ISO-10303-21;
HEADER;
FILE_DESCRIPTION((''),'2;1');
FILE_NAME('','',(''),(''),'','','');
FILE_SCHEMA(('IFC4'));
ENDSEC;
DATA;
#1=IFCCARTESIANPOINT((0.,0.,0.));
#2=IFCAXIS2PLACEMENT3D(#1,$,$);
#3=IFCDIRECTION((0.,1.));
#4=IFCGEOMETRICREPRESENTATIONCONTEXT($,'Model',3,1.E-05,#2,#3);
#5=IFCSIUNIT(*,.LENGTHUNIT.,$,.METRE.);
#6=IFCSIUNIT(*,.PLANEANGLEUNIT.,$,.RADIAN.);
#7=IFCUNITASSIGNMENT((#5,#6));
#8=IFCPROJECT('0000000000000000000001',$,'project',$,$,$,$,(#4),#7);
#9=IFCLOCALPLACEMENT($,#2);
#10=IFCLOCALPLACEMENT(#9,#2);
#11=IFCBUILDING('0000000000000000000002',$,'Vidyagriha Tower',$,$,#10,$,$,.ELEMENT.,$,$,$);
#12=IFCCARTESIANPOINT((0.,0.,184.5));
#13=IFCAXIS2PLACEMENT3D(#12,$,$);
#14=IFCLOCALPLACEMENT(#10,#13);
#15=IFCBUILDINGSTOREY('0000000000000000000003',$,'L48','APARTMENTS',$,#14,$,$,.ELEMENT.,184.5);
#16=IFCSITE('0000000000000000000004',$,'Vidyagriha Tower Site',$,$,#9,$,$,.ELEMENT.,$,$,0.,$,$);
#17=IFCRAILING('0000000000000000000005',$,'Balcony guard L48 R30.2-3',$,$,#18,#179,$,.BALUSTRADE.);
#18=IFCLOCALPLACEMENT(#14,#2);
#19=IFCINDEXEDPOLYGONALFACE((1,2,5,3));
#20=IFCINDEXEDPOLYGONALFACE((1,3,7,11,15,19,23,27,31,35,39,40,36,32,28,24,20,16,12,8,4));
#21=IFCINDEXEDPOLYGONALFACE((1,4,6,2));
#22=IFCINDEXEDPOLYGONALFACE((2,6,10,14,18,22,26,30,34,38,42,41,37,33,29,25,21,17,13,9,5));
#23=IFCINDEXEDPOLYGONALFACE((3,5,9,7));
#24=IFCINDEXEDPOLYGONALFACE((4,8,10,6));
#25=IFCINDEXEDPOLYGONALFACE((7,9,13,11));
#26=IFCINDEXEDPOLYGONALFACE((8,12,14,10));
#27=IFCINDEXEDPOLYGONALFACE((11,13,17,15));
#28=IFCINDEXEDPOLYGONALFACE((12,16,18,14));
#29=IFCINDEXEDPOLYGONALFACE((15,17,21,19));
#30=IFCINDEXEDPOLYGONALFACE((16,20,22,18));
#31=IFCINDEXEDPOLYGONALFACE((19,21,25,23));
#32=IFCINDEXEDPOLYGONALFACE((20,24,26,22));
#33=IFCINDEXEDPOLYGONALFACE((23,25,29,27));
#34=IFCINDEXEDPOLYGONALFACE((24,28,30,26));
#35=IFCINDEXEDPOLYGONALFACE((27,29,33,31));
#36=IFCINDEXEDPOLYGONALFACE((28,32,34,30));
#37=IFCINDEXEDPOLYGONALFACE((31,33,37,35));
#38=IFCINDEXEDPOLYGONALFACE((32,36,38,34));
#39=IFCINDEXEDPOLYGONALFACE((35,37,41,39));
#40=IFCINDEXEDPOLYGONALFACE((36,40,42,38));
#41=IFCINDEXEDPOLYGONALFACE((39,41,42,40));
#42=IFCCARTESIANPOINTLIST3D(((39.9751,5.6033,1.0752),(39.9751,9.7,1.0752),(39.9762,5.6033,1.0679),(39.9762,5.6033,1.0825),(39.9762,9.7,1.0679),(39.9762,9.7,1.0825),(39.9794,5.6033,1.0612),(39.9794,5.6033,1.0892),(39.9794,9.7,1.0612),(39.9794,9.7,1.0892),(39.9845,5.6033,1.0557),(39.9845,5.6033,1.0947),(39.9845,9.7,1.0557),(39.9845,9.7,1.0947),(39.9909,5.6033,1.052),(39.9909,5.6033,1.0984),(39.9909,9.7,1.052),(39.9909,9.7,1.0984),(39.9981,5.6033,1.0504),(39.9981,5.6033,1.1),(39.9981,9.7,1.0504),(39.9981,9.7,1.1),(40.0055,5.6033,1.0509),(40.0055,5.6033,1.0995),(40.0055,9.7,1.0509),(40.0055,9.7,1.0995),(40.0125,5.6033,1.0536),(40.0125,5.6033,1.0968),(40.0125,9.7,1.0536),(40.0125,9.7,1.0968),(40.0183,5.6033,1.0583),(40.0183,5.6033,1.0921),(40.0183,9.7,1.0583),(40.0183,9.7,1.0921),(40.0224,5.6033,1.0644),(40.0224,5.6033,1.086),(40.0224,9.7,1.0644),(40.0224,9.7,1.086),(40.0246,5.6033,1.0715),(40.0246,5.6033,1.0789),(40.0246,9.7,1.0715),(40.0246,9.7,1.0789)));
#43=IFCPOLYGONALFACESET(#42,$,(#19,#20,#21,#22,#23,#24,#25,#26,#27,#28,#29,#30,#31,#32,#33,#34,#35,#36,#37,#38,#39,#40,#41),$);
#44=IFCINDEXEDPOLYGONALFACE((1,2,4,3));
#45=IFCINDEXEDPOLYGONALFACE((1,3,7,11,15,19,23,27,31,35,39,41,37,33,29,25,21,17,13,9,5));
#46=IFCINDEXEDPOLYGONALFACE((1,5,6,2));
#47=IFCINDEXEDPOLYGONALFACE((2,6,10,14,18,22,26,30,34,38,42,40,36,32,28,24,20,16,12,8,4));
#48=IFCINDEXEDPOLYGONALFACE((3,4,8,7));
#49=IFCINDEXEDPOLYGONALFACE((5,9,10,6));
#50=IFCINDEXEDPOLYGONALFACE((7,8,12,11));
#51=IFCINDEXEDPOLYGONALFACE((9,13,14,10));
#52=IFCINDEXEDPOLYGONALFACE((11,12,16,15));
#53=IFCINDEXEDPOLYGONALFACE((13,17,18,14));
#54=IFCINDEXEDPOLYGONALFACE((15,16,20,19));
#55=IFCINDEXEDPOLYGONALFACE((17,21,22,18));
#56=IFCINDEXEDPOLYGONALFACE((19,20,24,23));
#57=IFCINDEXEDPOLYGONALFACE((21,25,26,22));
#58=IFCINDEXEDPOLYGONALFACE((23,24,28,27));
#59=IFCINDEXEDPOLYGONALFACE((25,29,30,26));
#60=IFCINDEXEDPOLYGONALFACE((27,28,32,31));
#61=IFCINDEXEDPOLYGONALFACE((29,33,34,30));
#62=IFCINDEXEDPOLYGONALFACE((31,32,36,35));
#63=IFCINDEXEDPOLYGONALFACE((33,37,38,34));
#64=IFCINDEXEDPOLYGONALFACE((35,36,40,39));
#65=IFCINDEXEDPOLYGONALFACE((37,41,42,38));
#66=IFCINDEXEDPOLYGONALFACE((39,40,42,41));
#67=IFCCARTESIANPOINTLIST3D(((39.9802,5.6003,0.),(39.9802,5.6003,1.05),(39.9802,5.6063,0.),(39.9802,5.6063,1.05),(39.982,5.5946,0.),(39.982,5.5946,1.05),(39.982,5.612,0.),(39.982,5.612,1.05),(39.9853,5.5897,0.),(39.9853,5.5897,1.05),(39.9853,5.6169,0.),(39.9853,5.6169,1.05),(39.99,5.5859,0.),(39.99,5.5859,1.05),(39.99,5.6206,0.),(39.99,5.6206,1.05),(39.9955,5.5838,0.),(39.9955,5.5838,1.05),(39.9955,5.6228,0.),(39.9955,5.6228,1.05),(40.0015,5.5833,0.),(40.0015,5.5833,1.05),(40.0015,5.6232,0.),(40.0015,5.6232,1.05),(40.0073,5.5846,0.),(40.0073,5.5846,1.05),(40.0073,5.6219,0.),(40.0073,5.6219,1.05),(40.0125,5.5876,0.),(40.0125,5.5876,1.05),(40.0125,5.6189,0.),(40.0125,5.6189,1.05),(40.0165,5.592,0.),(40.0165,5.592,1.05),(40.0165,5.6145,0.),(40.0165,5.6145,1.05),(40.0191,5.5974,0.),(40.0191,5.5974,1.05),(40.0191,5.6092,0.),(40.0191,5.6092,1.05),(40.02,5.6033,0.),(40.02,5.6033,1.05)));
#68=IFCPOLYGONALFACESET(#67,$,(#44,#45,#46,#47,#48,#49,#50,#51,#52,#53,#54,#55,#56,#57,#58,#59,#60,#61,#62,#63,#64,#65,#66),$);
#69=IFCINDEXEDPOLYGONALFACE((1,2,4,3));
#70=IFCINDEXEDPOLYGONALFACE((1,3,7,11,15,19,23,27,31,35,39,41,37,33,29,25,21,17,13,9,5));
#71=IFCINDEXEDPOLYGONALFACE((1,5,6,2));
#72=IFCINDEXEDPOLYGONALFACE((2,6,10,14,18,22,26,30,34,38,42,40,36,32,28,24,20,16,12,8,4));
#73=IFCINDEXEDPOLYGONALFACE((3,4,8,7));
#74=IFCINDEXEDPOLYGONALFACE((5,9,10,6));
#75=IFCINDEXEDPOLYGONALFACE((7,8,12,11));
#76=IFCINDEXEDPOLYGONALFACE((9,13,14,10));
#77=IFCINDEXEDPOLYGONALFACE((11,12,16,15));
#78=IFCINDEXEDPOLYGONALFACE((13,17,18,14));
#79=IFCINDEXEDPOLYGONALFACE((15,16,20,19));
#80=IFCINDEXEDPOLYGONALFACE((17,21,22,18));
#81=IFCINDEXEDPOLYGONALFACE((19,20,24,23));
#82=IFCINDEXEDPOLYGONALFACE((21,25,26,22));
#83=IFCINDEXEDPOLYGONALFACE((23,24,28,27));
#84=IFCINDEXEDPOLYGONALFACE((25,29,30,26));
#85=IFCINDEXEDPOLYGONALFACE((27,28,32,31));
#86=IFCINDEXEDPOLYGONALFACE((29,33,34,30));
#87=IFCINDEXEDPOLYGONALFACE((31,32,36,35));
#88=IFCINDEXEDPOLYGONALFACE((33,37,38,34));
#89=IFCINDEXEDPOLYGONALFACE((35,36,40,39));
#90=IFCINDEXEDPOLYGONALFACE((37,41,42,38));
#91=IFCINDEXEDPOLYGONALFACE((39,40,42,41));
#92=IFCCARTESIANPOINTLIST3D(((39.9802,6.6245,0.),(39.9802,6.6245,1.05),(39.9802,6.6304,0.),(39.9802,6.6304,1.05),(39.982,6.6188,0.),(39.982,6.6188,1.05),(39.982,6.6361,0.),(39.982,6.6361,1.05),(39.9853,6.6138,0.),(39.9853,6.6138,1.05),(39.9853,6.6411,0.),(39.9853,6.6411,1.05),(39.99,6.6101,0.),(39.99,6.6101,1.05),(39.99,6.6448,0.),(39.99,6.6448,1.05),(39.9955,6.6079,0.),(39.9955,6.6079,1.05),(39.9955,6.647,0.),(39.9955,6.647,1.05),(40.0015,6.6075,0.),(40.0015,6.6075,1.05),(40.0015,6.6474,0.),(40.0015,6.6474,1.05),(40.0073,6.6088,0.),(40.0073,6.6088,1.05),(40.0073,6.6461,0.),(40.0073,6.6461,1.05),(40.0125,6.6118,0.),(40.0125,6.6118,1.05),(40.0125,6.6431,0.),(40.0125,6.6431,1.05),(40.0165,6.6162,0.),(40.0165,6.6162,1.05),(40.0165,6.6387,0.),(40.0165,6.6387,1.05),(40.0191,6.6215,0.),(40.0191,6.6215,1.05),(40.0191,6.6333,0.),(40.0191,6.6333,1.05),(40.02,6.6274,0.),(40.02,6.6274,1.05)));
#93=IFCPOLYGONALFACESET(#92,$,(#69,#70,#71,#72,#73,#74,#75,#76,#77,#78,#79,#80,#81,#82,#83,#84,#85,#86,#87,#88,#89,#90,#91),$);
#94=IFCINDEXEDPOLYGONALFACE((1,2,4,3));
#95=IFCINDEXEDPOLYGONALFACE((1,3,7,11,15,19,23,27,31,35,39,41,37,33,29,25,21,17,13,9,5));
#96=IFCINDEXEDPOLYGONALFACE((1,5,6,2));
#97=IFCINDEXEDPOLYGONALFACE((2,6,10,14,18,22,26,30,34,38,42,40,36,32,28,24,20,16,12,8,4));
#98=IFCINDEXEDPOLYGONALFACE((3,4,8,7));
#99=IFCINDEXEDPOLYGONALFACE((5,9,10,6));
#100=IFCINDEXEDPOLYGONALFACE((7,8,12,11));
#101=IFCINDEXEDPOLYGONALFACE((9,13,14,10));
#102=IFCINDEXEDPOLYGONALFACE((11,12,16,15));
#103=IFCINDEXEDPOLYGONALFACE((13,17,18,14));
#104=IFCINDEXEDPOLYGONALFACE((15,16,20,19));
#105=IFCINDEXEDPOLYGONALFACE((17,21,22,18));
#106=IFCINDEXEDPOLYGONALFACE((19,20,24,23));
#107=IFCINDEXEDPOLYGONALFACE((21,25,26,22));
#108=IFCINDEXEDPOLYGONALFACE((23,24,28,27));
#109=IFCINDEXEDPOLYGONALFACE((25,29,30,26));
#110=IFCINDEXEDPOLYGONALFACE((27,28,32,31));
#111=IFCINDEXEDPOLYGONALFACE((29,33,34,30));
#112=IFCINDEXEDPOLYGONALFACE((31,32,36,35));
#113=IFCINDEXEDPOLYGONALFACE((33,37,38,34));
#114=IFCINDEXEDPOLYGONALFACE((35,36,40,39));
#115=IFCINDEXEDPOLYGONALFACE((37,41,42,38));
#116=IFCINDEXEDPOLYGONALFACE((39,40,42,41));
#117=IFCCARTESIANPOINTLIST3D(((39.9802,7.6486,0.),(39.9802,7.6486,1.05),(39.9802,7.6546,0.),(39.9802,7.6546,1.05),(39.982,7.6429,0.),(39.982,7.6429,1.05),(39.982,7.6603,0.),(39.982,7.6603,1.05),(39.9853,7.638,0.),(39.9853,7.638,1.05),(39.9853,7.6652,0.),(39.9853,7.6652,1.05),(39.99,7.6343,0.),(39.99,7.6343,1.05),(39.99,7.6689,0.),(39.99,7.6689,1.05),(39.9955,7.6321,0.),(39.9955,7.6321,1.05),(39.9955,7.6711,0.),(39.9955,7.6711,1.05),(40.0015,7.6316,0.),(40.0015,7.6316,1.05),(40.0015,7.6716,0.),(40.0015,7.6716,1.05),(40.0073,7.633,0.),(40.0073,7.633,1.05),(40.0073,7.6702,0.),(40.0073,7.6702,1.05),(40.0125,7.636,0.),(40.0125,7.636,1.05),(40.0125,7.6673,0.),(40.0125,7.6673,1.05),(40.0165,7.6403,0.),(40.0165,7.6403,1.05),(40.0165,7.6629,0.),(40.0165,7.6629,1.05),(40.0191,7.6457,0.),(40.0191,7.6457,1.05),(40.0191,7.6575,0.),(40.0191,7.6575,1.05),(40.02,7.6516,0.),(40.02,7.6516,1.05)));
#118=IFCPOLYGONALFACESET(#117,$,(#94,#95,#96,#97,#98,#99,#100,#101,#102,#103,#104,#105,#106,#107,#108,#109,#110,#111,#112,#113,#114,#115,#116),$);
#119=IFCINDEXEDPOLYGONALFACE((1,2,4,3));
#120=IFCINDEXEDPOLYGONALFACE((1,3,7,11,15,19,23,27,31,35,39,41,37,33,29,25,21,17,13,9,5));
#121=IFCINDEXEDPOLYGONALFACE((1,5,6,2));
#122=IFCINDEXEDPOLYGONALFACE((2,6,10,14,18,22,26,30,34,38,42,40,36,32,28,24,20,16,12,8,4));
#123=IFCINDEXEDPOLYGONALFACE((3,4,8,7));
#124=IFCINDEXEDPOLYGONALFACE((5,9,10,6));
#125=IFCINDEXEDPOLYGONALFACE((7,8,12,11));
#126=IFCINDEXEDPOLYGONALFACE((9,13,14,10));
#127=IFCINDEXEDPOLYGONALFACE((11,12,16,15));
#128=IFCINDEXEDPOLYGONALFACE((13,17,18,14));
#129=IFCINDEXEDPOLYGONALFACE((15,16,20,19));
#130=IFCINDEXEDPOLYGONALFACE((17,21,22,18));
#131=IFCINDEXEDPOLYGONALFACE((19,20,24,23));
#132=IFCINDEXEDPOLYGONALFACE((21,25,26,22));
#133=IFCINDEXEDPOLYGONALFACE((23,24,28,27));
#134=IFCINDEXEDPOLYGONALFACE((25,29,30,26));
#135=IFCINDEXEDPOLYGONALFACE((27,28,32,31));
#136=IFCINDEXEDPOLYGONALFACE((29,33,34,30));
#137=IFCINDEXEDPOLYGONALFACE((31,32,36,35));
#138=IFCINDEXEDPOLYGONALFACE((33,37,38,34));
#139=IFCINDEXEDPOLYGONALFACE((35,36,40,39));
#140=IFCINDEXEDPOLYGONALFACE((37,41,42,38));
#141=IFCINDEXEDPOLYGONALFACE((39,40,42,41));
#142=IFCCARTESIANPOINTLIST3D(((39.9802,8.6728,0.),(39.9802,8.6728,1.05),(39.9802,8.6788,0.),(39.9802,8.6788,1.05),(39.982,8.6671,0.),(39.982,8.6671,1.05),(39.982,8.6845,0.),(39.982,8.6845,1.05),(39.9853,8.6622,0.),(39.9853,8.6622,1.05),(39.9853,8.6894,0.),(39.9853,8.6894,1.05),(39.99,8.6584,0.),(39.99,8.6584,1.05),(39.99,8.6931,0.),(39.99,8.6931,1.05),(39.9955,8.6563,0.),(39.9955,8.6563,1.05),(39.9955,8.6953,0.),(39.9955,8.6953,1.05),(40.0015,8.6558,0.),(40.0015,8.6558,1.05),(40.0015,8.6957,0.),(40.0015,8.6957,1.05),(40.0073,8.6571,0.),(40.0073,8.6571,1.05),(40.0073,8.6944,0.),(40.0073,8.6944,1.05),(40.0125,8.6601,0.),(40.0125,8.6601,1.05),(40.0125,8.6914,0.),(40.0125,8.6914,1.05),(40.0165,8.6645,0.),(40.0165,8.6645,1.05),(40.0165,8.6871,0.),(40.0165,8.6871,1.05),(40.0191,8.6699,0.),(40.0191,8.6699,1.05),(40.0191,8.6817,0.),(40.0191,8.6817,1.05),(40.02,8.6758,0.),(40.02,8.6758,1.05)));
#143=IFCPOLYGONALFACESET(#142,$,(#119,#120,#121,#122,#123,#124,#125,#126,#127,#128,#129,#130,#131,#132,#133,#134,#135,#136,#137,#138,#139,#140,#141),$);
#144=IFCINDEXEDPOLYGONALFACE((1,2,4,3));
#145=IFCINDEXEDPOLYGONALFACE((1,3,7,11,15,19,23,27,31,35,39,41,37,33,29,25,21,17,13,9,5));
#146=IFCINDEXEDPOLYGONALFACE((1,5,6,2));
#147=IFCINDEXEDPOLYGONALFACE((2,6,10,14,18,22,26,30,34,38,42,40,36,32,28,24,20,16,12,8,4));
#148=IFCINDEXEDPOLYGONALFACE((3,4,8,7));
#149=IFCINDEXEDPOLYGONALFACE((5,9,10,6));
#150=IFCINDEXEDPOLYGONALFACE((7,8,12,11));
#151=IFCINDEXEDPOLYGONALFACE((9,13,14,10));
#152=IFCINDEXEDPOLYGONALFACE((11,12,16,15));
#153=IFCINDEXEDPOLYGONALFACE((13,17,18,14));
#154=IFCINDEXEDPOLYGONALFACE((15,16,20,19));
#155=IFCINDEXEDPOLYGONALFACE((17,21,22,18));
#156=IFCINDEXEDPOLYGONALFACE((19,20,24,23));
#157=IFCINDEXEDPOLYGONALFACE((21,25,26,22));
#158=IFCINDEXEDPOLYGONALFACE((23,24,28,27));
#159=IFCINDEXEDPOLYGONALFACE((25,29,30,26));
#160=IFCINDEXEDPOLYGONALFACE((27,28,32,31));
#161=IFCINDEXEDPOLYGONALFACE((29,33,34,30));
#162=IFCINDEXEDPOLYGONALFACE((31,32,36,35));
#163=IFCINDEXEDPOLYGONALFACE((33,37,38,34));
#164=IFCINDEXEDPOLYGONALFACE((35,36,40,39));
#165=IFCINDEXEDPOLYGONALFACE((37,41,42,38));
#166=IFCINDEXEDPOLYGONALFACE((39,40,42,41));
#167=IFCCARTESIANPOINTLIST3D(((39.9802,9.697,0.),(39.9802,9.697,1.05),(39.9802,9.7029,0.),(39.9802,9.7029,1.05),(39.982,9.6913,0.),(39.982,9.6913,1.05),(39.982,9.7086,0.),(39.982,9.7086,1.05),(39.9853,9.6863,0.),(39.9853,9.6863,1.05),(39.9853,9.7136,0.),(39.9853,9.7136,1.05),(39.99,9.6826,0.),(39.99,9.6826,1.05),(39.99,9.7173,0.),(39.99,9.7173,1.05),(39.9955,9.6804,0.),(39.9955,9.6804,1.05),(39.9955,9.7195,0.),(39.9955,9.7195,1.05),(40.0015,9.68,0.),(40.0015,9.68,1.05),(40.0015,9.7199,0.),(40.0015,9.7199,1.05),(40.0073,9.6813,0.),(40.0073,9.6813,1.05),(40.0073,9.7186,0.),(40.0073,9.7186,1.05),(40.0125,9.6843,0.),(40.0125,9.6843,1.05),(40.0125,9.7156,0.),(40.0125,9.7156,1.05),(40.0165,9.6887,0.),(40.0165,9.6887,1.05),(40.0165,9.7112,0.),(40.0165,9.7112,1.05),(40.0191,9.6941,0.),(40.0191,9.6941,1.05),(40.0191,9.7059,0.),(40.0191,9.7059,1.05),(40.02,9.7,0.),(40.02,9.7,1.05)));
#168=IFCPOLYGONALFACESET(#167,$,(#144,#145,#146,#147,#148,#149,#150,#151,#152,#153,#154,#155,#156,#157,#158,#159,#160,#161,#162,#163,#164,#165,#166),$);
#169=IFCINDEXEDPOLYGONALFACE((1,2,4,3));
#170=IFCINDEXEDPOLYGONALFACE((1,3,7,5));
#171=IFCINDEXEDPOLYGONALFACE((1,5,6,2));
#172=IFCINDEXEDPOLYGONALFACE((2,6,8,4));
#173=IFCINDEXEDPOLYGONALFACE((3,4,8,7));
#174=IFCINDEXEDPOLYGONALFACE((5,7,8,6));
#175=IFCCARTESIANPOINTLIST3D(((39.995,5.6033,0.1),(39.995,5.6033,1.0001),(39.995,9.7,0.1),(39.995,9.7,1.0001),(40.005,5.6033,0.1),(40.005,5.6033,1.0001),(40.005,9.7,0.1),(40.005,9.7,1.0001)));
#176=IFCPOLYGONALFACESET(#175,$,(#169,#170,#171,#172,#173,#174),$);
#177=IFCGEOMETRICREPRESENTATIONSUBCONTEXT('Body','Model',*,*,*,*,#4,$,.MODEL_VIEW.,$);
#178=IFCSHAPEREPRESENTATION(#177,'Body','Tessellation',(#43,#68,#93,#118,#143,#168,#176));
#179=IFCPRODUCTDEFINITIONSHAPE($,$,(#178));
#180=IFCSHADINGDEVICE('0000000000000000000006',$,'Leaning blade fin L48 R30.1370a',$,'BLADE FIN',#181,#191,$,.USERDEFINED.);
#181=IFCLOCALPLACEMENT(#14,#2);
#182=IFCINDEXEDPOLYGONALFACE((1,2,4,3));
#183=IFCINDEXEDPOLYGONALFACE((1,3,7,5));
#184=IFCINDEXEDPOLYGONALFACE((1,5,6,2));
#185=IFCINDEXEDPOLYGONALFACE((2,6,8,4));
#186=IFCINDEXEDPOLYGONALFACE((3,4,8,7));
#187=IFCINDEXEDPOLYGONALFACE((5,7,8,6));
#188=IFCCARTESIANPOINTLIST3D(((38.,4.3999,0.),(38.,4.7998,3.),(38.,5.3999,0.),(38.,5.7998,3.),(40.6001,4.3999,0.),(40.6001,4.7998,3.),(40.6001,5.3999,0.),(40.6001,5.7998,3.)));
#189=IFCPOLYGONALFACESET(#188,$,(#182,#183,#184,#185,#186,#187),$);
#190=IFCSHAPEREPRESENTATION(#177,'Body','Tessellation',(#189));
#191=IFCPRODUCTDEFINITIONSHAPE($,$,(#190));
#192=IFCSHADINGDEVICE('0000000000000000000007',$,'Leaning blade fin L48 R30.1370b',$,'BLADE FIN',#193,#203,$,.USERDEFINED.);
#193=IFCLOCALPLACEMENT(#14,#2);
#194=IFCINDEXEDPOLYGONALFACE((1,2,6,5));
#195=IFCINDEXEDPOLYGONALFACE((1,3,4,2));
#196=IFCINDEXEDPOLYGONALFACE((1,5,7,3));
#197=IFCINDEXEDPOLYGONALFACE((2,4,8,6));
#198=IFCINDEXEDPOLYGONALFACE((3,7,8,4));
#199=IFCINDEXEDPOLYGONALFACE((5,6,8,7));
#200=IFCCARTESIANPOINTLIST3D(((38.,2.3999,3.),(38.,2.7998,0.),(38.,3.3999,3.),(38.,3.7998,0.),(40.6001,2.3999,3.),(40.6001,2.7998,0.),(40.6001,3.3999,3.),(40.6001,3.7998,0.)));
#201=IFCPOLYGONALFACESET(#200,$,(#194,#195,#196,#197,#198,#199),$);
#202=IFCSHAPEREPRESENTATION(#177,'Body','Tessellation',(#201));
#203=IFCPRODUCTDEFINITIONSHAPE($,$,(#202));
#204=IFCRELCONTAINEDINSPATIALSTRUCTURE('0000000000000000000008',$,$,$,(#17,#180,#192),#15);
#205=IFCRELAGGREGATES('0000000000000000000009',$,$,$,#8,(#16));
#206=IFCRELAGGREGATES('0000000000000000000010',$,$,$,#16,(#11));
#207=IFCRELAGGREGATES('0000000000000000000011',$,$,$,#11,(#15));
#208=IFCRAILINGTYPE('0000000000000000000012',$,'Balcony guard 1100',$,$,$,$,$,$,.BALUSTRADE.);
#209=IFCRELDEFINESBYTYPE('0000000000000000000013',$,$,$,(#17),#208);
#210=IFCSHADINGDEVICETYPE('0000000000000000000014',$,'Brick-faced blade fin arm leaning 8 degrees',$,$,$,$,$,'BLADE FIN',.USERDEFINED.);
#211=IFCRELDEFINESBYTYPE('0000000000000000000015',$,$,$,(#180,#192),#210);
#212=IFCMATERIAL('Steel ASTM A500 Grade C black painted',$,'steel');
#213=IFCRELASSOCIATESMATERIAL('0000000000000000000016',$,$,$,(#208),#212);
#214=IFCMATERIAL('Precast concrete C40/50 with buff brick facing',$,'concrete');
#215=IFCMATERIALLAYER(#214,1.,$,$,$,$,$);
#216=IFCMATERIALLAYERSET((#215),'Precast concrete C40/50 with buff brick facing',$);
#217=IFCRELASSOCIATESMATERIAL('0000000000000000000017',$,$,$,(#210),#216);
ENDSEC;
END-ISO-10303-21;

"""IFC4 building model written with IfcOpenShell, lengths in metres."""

from ifc_helpers import new_model, si_unit, direction, frame, origin, origin_2d, place, context, subcontext, project, spatial, polyline, rectangle, circle, outline, extrude, material, layer, layer_set, type_object, element, save


model = new_model("IFC4")

# Units and contexts
model_context = context("Model", 3, precision=1e-05, world=origin(), true_north=direction((0.0, 1.0)))
body_context = subcontext(model_context, "Body", "Model", "MODEL_VIEW")
ifc_project = project(units=[si_unit("LENGTHUNIT", "METRE"), si_unit("PLANEANGLEUNIT", "RADIAN")], contexts=[model_context])

# Site, building, storey
site_placement = place(None, origin())
site = spatial("IfcSite", under=ifc_project, at=site_placement, Name="Vidyagriha Tower Site", CompositionType="ELEMENT", RefElevation=0.0)
building_placement = place(site_placement, origin())
building = spatial("IfcBuilding", under=site, at=building_placement, Name="Vidyagriha Tower", CompositionType="ELEMENT")
storey_placement = place(building_placement, frame((0.0, 0.0, 184.5)))
storey = spatial("IfcBuildingStorey", under=building, at=storey_placement, Name="L48", Description="APARTMENTS", CompositionType="ELEMENT", Elevation=184.5)

# Railing
ifc_material_1 = material(Name="Steel ASTM A500 Grade C black painted", Category="steel")
railing_type_1 = type_object("IfcRailingType", Name="Balcony guard 1100", PredefinedType="BALUSTRADE", material=ifc_material_1)
railing_1_placement = place(storey_placement, frame((40.0, 5.6033, 0.0)))
element("IfcRailing", 1, at=railing_1_placement, inside=storey, type_object=railing_type_1, Name="Balcony guard L48 R30.2-3", PredefinedType="BALUSTRADE", context=body_context, shape_type="SweptSolid", body=[
    extrude(circle(Radius=0.0249, at=origin_2d()), frame((0.0, 0.0, 1.0752), z_axis=(0.0, 1.0, 0.0), x_axis=(-1.0, 0.0, 0.0)), (0.0, 0.0, 1.0), 4.0967),
    extrude(circle(Radius=0.02, at=origin_2d()), origin(), (0.0, 0.0, 1.0), 1.05),
    extrude(circle(Radius=0.02, at=origin_2d()), frame((0.0, 1.0242, 0.0)), (0.0, 0.0, 1.0), 1.05),
    extrude(circle(Radius=0.02, at=origin_2d()), frame((0.0, 2.0483, 0.0)), (0.0, 0.0, 1.0), 1.05),
    extrude(circle(Radius=0.02, at=origin_2d()), frame((0.0, 3.0725, 0.0)), (0.0, 0.0, 1.0), 1.05),
    extrude(circle(Radius=0.02, at=origin_2d()), frame((0.0, 4.0967, 0.0)), (0.0, 0.0, 1.0), 1.05),
    extrude(rectangle(XDim=0.01, YDim=0.9001, at=origin_2d()), frame((0.0, 0.0, 0.55), z_axis=(0.0, 1.0, 0.0), x_axis=(-1.0, 0.0, 0.0)), (0.0, 0.0, 1.0), 4.0967),
])

# Shading devices
ifc_material_2 = material(Name="Precast concrete C40/50 with buff brick facing", Category="concrete")
ifc_layer_1 = layer(ifc_material_2, 1.0)
ifc_layer_set_1 = layer_set([ifc_layer_1], Name="Precast concrete C40/50 with buff brick facing")
shading_device_type_1 = type_object("IfcShadingDeviceType", Name="Brick-faced blade fin arm leaning 8 degrees", ElementType="BLADE FIN", PredefinedType="USERDEFINED", material=ifc_layer_set_1)
shading_device_1_placement = place(storey_placement, frame((39.3, 4.3999, 0.0), z_axis=(0.0, 0.0, 1.0), x_axis=(0.0, 1.0, 0.0)))
element("IfcShadingDevice", 2, at=shading_device_1_placement, inside=storey, type_object=shading_device_type_1, Name="Leaning blade fin L48 R30.1370a", ObjectType="BLADE FIN", PredefinedType="USERDEFINED", context=body_context, shape_type="SweptSolid", body=[
    extrude(outline(polyline([(0.0, 0.0), (1.0, 0.0), (1.3999, 3.0), (0.3999, 3.0), (0.0, 0.0)])), frame((0.0, 1.3, 0.0), z_axis=(0.0, -1.0, 0.0), x_axis=(1.0, 0.0, 0.0)), (0.0, 0.0, 1.0), 2.6001),
])
shading_device_2_placement = place(storey_placement, frame((39.3, 2.3999, 0.0), z_axis=(0.0, 0.0, 1.0), x_axis=(0.0, 1.0, 0.0)))
element("IfcShadingDevice", 3, at=shading_device_2_placement, inside=storey, type_object=shading_device_type_1, Name="Leaning blade fin L48 R30.1370b", ObjectType="BLADE FIN", PredefinedType="USERDEFINED", context=body_context, shape_type="SweptSolid", body=[
    extrude(outline(polyline([(0.3999, 0.0), (1.3999, 0.0), (1.0, 3.0), (0.0, 3.0), (0.3999, 0.0)])), frame((0.0, 1.3, 0.0), z_axis=(0.0, -1.0, 0.0), x_axis=(1.0, 0.0, 0.0)), (0.0, 0.0, 1.0), 2.6001),
])

save(model, "model.ifc")
